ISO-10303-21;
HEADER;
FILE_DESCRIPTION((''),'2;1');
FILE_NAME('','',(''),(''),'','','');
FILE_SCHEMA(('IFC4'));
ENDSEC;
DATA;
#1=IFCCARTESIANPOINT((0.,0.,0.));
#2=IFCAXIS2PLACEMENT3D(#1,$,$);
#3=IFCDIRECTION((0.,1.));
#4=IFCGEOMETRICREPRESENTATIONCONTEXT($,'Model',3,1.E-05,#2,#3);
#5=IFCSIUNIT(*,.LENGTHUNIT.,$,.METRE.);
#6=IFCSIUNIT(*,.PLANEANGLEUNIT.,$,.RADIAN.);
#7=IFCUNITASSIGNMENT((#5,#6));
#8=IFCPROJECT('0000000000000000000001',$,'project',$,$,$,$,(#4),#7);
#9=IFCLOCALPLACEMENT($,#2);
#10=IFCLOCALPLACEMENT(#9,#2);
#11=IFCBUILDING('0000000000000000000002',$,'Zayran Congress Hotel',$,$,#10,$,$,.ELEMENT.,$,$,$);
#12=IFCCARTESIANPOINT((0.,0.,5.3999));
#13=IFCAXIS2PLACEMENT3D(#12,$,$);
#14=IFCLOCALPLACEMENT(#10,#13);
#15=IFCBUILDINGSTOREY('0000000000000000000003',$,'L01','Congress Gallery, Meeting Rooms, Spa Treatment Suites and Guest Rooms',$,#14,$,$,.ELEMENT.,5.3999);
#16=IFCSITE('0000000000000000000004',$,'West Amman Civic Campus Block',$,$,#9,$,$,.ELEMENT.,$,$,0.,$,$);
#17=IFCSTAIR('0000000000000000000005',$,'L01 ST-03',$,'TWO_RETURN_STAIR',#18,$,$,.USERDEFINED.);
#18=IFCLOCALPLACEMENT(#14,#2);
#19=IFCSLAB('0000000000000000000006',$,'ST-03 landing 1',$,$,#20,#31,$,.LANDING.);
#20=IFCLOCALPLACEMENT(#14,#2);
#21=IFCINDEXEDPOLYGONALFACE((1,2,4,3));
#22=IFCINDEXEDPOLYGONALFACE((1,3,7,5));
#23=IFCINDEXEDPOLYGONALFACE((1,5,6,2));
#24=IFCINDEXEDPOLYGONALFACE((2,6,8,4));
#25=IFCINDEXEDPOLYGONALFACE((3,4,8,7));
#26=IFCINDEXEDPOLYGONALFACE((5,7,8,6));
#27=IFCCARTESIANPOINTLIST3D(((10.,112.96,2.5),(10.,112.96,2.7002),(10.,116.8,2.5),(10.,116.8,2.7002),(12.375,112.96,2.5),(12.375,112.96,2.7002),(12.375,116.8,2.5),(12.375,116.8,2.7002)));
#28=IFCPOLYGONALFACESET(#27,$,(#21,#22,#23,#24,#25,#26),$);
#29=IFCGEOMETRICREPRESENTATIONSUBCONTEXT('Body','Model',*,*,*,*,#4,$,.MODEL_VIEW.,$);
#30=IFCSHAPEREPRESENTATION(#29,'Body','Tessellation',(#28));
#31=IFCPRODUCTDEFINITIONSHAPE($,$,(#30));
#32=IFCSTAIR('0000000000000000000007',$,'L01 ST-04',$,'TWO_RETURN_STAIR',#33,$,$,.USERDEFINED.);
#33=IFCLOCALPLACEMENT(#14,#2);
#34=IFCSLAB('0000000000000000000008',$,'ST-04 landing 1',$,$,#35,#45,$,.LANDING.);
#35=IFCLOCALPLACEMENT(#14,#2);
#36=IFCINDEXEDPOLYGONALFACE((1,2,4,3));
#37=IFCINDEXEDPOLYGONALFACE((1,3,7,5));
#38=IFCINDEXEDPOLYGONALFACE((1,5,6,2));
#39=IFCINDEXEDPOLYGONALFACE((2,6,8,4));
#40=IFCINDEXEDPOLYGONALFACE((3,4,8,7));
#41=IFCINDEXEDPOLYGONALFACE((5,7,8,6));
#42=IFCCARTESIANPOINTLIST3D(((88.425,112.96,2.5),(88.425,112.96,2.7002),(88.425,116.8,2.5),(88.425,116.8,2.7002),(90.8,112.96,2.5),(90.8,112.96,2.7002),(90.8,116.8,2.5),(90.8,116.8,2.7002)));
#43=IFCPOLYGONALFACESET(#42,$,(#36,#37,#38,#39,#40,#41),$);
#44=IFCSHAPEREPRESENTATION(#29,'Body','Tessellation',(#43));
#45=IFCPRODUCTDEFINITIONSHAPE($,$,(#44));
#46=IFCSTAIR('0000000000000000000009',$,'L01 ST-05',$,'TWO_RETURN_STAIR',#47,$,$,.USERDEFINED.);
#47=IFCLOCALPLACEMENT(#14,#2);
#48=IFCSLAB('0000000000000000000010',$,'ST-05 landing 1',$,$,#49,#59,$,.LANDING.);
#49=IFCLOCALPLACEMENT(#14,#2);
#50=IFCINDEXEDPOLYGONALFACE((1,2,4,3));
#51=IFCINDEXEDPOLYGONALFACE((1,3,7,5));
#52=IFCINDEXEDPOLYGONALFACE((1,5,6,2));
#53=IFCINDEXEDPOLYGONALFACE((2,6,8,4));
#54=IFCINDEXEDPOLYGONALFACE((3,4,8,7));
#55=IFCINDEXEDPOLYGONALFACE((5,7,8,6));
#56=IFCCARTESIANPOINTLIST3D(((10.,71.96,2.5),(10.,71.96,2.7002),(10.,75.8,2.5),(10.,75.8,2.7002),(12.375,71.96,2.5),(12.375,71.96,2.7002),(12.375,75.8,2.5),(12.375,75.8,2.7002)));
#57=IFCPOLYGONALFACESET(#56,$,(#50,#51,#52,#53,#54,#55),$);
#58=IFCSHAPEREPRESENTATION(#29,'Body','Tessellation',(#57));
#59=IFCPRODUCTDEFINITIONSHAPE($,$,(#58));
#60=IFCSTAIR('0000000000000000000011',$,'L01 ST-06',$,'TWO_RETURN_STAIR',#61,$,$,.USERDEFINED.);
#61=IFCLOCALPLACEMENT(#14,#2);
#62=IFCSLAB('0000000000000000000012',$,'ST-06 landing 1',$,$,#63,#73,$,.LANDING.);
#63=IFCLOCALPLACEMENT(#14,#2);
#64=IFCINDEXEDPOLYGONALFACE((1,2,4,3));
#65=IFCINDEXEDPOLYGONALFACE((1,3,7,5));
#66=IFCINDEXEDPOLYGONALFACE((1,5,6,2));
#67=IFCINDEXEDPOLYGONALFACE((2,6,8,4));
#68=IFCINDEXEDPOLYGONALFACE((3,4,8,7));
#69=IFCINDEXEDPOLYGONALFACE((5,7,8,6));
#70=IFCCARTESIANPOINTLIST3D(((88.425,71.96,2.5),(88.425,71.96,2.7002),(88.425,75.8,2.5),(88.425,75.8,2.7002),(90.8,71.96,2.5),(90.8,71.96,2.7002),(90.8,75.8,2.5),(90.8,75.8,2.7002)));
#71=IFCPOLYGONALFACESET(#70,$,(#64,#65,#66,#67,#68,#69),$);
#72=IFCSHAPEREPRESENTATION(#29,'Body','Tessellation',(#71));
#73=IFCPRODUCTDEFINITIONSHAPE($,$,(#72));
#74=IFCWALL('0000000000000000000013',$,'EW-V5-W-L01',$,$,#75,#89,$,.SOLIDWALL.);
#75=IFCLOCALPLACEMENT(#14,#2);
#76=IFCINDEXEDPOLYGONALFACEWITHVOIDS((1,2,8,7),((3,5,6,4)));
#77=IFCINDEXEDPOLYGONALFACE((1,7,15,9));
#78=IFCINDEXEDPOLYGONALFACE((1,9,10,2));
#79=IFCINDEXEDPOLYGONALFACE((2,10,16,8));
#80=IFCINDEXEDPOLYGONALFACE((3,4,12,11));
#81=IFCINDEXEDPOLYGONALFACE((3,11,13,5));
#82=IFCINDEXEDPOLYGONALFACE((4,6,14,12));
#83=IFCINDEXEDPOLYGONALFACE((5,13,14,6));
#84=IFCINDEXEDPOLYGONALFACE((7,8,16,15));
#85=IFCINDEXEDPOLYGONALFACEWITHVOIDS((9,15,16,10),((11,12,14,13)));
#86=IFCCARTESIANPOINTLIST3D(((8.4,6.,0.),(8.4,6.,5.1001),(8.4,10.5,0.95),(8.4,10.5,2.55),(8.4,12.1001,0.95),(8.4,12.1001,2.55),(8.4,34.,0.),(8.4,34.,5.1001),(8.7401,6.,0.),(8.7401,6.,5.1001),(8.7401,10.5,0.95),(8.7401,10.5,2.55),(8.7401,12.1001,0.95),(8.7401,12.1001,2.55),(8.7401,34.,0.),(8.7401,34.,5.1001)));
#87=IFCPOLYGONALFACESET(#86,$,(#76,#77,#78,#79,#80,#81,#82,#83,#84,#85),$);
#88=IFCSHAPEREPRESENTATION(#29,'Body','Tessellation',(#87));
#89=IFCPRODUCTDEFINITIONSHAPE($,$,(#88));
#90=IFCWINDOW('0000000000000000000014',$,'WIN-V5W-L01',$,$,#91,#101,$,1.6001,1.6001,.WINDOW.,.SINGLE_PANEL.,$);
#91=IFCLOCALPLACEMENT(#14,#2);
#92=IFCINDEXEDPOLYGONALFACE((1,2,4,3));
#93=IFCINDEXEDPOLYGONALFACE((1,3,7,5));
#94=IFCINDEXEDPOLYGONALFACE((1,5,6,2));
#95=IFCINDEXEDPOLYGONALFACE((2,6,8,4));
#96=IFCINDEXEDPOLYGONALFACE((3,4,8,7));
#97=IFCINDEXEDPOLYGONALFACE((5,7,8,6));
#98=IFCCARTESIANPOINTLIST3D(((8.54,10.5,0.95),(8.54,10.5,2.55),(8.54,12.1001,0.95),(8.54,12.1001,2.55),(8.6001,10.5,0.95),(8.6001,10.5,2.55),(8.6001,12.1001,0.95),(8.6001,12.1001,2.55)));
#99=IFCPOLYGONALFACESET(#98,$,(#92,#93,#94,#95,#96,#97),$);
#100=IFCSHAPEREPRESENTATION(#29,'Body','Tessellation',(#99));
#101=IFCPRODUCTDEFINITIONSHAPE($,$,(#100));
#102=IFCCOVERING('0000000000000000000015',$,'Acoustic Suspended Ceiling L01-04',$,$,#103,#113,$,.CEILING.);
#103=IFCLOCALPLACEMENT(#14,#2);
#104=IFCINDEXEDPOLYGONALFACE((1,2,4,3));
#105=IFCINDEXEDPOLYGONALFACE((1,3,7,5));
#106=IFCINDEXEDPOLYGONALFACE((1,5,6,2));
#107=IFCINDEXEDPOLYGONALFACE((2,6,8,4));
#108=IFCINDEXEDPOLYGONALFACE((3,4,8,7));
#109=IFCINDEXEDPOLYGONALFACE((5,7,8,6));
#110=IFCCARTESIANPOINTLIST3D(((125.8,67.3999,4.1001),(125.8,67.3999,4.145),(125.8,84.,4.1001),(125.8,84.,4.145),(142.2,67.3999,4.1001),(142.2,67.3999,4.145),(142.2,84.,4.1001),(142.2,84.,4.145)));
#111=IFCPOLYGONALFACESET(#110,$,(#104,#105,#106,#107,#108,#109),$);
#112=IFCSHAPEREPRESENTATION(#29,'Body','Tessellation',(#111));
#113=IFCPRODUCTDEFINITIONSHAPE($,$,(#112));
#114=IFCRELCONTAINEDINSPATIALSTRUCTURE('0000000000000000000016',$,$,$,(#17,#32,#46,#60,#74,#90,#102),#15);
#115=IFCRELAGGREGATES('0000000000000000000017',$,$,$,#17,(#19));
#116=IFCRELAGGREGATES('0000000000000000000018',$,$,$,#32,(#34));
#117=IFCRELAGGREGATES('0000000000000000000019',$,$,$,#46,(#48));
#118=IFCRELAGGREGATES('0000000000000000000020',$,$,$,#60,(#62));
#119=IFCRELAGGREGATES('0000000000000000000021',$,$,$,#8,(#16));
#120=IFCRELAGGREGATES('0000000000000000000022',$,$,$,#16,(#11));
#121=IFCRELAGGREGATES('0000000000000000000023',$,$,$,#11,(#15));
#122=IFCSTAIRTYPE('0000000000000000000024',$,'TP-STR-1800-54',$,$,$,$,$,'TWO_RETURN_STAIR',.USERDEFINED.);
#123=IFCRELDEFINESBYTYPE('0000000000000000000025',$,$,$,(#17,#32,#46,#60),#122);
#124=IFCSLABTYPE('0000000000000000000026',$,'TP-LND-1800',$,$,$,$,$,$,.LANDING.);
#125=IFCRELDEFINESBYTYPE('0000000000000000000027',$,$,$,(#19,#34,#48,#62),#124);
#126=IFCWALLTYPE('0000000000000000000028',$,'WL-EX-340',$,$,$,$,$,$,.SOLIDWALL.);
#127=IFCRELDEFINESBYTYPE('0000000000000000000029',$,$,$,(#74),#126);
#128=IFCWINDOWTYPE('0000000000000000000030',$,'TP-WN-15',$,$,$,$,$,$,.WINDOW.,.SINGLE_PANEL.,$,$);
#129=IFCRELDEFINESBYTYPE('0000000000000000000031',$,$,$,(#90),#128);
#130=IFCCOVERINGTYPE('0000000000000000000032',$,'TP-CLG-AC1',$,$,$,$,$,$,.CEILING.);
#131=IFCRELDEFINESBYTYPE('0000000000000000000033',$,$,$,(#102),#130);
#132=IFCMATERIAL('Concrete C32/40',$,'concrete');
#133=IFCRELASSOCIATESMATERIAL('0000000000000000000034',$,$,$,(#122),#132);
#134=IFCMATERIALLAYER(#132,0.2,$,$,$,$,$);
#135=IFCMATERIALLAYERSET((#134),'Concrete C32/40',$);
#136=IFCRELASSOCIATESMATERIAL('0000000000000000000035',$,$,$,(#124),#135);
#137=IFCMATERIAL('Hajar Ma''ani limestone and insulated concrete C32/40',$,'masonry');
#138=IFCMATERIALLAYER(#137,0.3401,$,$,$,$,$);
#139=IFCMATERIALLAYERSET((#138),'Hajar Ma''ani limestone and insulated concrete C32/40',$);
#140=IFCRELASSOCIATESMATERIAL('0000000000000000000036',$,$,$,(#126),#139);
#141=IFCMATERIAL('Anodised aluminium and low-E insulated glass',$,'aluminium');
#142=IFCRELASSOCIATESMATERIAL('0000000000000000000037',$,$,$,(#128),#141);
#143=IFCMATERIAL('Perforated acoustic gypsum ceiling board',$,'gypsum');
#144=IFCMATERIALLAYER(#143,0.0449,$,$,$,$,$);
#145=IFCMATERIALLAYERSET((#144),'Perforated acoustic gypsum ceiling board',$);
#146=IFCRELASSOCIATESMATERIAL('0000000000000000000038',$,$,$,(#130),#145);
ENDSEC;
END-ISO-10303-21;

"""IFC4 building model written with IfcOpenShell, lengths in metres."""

from ifc_helpers import new_model, si_unit, direction, frame, frame_2d, origin, place, context, subcontext, project, spatial, polyline, rectangle, outline, extrude, material, layer, layer_set, type_object, element, fill, aggregate, save


model = new_model("IFC4")

# Units and contexts
model_context = context("Model", 3, precision=1e-05, world=origin(), true_north=direction((0.0, 1.0)))
body_context = subcontext(model_context, "Body", "Model", "MODEL_VIEW")
ifc_project = project(units=[si_unit("LENGTHUNIT", "METRE"), si_unit("PLANEANGLEUNIT", "RADIAN")], contexts=[model_context])

# Site, building, storey
site_placement = place(None, origin())
site = spatial("IfcSite", under=ifc_project, at=site_placement, Name="West Amman Civic Campus Block", CompositionType="ELEMENT", RefElevation=0.0)
building_placement = place(site_placement, origin())
building = spatial("IfcBuilding", under=site, at=building_placement, Name="Zayran Congress Hotel", CompositionType="ELEMENT")
storey_placement = place(building_placement, frame((0.0, 0.0, 5.3999)))
storey = spatial("IfcBuildingStorey", under=building, at=storey_placement, Name="L01", Description="Congress Gallery, Meeting Rooms, Spa Treatment Suites and Guest Rooms", CompositionType="ELEMENT", Elevation=5.3999)

# Shared definitions
ifc_material_1 = material(Name="Concrete C32/40", Category="concrete")

# Shared definitions
ifc_material_2 = material(Name="Anodised aluminium and low-E insulated glass", Category="aluminium")

# Stairs, slabs
stair_type_1 = type_object("IfcStairType", Name="TP-STR-1800-54", ElementType="TWO_RETURN_STAIR", PredefinedType="USERDEFINED", material=ifc_material_1)
stair_1_placement = place(storey_placement, origin())
stair_1 = element("IfcStair", 1, at=stair_1_placement, inside=storey, type_object=stair_type_1, Name="L01 ST-03", ObjectType="TWO_RETURN_STAIR", PredefinedType="USERDEFINED")
ifc_layer_1 = layer(ifc_material_1, 0.2)
ifc_layer_set_1 = layer_set([ifc_layer_1], Name="Concrete C32/40")
slab_type_1 = type_object("IfcSlabType", Name="TP-LND-1800", PredefinedType="LANDING", material=ifc_layer_set_1)
slab_1_placement = place(storey_placement, frame((0.0, 0.0, 2.5)))
slab_1 = element("IfcSlab", 2, at=slab_1_placement, type_object=slab_type_1, Name="ST-03 landing 1", PredefinedType="LANDING", context=body_context, shape_type="SweptSolid", body=[
    extrude(outline(polyline([(12.375, 116.8), (10.0, 116.8), (10.0, 112.96), (12.375, 112.96), (12.375, 116.8)])), origin(), (0.0, 0.0, 1.0), 0.2002),
])
aggregate(stair_1, [slab_1])
stair_2_placement = place(storey_placement, origin())
stair_2 = element("IfcStair", 3, at=stair_2_placement, inside=storey, type_object=stair_type_1, Name="L01 ST-04", ObjectType="TWO_RETURN_STAIR", PredefinedType="USERDEFINED")
slab_2_placement = place(storey_placement, frame((0.0, 0.0, 2.5)))
slab_2 = element("IfcSlab", 4, at=slab_2_placement, type_object=slab_type_1, Name="ST-04 landing 1", PredefinedType="LANDING", context=body_context, shape_type="SweptSolid", body=[
    extrude(outline(polyline([(88.425, 112.96), (90.8, 112.96), (90.8, 116.8), (88.425, 116.8), (88.425, 112.96)])), origin(), (0.0, 0.0, 1.0), 0.2002),
])
aggregate(stair_2, [slab_2])
stair_3_placement = place(storey_placement, origin())
stair_3 = element("IfcStair", 5, at=stair_3_placement, inside=storey, type_object=stair_type_1, Name="L01 ST-05", ObjectType="TWO_RETURN_STAIR", PredefinedType="USERDEFINED")
slab_3_placement = place(storey_placement, frame((0.0, 0.0, 2.5)))
slab_3 = element("IfcSlab", 6, at=slab_3_placement, type_object=slab_type_1, Name="ST-05 landing 1", PredefinedType="LANDING", context=body_context, shape_type="SweptSolid", body=[
    extrude(outline(polyline([(12.375, 75.8), (10.0, 75.8), (10.0, 71.96), (12.375, 71.96), (12.375, 75.8)])), origin(), (0.0, 0.0, 1.0), 0.2002),
])
aggregate(stair_3, [slab_3])
stair_4_placement = place(storey_placement, origin())
stair_4 = element("IfcStair", 7, at=stair_4_placement, inside=storey, type_object=stair_type_1, Name="L01 ST-06", ObjectType="TWO_RETURN_STAIR", PredefinedType="USERDEFINED")
slab_4_placement = place(storey_placement, frame((0.0, 0.0, 2.5)))
slab_4 = element("IfcSlab", 8, at=slab_4_placement, type_object=slab_type_1, Name="ST-06 landing 1", PredefinedType="LANDING", context=body_context, shape_type="SweptSolid", body=[
    extrude(outline(polyline([(88.425, 71.96), (90.8, 71.96), (90.8, 75.8), (88.425, 75.8), (88.425, 71.96)])), origin(), (0.0, 0.0, 1.0), 0.2002),
])
aggregate(stair_4, [slab_4])

# Wall, opening, window
ifc_material_3 = material(Name="Hajar Ma'ani limestone and insulated concrete C32/40", Category="masonry")
ifc_layer_2 = layer(ifc_material_3, 0.3401)
ifc_layer_set_2 = layer_set([ifc_layer_2], Name="Hajar Ma'ani limestone and insulated concrete C32/40")
wall_type = type_object("IfcWallType", Name="WL-EX-340", PredefinedType="SOLIDWALL", material=ifc_layer_set_2)
wall_placement = place(storey_placement, frame((8.5701, 6.0, 0.0), z_axis=(0.0, 0.0, 1.0), x_axis=(0.0, 1.0, 0.0)))
wall = element("IfcWall", 9, at=wall_placement, inside=storey, type_object=wall_type, Name="EW-V5-W-L01", PredefinedType="SOLIDWALL", context=body_context, shape_type="SweptSolid", body=[
    extrude(rectangle(XDim=28.0, YDim=0.3401, at=frame_2d((14.0, 0.0))), origin(), (0.0, 0.0, 1.0), 5.1001),
])
opening_1_placement = place(wall_placement, frame((4.5, 0.0, 0.95)))
opening_1 = element("IfcOpeningElement", 10, at=opening_1_placement, cuts=wall, PredefinedType="OPENING", context=body_context, shape_type="SweptSolid", body=[
    extrude(rectangle(XDim=1.6001, YDim=1.6001, at=frame_2d((0.8, 0.8))), frame((0.0, 0.1799, 0.0), z_axis=(0.0, -1.0, 0.0), x_axis=(1.0, 0.0, 0.0)), (0.0, 0.0, 1.0), 0.3601),
])
window_type_1 = type_object("IfcWindowType", Name="TP-WN-15", PartitioningType="SINGLE_PANEL", PredefinedType="WINDOW", material=ifc_material_2)
window_1_placement = place(opening_1_placement, origin())
window_1 = element("IfcWindow", 11, at=window_1_placement, inside=storey, type_object=window_type_1, Name="WIN-V5W-L01", OverallHeight=1.6001, OverallWidth=1.6001, PartitioningType="SINGLE_PANEL", PredefinedType="WINDOW", context=body_context, shape_type="SweptSolid", body=[
    extrude(rectangle(XDim=1.6001, YDim=1.6001, at=frame_2d((0.8, 0.8))), frame((0.0, 0.03, 0.0), z_axis=(0.0, -1.0, 0.0), x_axis=(1.0, 0.0, 0.0)), (0.0, 0.0, 1.0), 0.0601),
])
fill(opening_1, window_1)

# Covering
ifc_material_4 = material(Name="Perforated acoustic gypsum ceiling board", Category="gypsum")
ifc_layer_3 = layer(ifc_material_4, 0.0449)
ifc_layer_set_3 = layer_set([ifc_layer_3], Name="Perforated acoustic gypsum ceiling board")
covering_type = type_object("IfcCoveringType", Name="TP-CLG-AC1", PredefinedType="CEILING", material=ifc_layer_set_3)
covering_placement = place(storey_placement, frame((0.0, 0.0, 4.1001)))
element("IfcCovering", 12, at=covering_placement, inside=storey, type_object=covering_type, Name="Acoustic Suspended Ceiling L01-04", PredefinedType="CEILING", context=body_context, shape_type="SweptSolid", body=[
    extrude(outline(polyline([(125.8, 67.3999), (142.2, 67.3999), (142.2, 84.0), (125.8, 84.0), (125.8, 67.3999)])), origin(), (0.0, 0.0, 1.0), 0.0449),
])

save(model, "model.ifc")
